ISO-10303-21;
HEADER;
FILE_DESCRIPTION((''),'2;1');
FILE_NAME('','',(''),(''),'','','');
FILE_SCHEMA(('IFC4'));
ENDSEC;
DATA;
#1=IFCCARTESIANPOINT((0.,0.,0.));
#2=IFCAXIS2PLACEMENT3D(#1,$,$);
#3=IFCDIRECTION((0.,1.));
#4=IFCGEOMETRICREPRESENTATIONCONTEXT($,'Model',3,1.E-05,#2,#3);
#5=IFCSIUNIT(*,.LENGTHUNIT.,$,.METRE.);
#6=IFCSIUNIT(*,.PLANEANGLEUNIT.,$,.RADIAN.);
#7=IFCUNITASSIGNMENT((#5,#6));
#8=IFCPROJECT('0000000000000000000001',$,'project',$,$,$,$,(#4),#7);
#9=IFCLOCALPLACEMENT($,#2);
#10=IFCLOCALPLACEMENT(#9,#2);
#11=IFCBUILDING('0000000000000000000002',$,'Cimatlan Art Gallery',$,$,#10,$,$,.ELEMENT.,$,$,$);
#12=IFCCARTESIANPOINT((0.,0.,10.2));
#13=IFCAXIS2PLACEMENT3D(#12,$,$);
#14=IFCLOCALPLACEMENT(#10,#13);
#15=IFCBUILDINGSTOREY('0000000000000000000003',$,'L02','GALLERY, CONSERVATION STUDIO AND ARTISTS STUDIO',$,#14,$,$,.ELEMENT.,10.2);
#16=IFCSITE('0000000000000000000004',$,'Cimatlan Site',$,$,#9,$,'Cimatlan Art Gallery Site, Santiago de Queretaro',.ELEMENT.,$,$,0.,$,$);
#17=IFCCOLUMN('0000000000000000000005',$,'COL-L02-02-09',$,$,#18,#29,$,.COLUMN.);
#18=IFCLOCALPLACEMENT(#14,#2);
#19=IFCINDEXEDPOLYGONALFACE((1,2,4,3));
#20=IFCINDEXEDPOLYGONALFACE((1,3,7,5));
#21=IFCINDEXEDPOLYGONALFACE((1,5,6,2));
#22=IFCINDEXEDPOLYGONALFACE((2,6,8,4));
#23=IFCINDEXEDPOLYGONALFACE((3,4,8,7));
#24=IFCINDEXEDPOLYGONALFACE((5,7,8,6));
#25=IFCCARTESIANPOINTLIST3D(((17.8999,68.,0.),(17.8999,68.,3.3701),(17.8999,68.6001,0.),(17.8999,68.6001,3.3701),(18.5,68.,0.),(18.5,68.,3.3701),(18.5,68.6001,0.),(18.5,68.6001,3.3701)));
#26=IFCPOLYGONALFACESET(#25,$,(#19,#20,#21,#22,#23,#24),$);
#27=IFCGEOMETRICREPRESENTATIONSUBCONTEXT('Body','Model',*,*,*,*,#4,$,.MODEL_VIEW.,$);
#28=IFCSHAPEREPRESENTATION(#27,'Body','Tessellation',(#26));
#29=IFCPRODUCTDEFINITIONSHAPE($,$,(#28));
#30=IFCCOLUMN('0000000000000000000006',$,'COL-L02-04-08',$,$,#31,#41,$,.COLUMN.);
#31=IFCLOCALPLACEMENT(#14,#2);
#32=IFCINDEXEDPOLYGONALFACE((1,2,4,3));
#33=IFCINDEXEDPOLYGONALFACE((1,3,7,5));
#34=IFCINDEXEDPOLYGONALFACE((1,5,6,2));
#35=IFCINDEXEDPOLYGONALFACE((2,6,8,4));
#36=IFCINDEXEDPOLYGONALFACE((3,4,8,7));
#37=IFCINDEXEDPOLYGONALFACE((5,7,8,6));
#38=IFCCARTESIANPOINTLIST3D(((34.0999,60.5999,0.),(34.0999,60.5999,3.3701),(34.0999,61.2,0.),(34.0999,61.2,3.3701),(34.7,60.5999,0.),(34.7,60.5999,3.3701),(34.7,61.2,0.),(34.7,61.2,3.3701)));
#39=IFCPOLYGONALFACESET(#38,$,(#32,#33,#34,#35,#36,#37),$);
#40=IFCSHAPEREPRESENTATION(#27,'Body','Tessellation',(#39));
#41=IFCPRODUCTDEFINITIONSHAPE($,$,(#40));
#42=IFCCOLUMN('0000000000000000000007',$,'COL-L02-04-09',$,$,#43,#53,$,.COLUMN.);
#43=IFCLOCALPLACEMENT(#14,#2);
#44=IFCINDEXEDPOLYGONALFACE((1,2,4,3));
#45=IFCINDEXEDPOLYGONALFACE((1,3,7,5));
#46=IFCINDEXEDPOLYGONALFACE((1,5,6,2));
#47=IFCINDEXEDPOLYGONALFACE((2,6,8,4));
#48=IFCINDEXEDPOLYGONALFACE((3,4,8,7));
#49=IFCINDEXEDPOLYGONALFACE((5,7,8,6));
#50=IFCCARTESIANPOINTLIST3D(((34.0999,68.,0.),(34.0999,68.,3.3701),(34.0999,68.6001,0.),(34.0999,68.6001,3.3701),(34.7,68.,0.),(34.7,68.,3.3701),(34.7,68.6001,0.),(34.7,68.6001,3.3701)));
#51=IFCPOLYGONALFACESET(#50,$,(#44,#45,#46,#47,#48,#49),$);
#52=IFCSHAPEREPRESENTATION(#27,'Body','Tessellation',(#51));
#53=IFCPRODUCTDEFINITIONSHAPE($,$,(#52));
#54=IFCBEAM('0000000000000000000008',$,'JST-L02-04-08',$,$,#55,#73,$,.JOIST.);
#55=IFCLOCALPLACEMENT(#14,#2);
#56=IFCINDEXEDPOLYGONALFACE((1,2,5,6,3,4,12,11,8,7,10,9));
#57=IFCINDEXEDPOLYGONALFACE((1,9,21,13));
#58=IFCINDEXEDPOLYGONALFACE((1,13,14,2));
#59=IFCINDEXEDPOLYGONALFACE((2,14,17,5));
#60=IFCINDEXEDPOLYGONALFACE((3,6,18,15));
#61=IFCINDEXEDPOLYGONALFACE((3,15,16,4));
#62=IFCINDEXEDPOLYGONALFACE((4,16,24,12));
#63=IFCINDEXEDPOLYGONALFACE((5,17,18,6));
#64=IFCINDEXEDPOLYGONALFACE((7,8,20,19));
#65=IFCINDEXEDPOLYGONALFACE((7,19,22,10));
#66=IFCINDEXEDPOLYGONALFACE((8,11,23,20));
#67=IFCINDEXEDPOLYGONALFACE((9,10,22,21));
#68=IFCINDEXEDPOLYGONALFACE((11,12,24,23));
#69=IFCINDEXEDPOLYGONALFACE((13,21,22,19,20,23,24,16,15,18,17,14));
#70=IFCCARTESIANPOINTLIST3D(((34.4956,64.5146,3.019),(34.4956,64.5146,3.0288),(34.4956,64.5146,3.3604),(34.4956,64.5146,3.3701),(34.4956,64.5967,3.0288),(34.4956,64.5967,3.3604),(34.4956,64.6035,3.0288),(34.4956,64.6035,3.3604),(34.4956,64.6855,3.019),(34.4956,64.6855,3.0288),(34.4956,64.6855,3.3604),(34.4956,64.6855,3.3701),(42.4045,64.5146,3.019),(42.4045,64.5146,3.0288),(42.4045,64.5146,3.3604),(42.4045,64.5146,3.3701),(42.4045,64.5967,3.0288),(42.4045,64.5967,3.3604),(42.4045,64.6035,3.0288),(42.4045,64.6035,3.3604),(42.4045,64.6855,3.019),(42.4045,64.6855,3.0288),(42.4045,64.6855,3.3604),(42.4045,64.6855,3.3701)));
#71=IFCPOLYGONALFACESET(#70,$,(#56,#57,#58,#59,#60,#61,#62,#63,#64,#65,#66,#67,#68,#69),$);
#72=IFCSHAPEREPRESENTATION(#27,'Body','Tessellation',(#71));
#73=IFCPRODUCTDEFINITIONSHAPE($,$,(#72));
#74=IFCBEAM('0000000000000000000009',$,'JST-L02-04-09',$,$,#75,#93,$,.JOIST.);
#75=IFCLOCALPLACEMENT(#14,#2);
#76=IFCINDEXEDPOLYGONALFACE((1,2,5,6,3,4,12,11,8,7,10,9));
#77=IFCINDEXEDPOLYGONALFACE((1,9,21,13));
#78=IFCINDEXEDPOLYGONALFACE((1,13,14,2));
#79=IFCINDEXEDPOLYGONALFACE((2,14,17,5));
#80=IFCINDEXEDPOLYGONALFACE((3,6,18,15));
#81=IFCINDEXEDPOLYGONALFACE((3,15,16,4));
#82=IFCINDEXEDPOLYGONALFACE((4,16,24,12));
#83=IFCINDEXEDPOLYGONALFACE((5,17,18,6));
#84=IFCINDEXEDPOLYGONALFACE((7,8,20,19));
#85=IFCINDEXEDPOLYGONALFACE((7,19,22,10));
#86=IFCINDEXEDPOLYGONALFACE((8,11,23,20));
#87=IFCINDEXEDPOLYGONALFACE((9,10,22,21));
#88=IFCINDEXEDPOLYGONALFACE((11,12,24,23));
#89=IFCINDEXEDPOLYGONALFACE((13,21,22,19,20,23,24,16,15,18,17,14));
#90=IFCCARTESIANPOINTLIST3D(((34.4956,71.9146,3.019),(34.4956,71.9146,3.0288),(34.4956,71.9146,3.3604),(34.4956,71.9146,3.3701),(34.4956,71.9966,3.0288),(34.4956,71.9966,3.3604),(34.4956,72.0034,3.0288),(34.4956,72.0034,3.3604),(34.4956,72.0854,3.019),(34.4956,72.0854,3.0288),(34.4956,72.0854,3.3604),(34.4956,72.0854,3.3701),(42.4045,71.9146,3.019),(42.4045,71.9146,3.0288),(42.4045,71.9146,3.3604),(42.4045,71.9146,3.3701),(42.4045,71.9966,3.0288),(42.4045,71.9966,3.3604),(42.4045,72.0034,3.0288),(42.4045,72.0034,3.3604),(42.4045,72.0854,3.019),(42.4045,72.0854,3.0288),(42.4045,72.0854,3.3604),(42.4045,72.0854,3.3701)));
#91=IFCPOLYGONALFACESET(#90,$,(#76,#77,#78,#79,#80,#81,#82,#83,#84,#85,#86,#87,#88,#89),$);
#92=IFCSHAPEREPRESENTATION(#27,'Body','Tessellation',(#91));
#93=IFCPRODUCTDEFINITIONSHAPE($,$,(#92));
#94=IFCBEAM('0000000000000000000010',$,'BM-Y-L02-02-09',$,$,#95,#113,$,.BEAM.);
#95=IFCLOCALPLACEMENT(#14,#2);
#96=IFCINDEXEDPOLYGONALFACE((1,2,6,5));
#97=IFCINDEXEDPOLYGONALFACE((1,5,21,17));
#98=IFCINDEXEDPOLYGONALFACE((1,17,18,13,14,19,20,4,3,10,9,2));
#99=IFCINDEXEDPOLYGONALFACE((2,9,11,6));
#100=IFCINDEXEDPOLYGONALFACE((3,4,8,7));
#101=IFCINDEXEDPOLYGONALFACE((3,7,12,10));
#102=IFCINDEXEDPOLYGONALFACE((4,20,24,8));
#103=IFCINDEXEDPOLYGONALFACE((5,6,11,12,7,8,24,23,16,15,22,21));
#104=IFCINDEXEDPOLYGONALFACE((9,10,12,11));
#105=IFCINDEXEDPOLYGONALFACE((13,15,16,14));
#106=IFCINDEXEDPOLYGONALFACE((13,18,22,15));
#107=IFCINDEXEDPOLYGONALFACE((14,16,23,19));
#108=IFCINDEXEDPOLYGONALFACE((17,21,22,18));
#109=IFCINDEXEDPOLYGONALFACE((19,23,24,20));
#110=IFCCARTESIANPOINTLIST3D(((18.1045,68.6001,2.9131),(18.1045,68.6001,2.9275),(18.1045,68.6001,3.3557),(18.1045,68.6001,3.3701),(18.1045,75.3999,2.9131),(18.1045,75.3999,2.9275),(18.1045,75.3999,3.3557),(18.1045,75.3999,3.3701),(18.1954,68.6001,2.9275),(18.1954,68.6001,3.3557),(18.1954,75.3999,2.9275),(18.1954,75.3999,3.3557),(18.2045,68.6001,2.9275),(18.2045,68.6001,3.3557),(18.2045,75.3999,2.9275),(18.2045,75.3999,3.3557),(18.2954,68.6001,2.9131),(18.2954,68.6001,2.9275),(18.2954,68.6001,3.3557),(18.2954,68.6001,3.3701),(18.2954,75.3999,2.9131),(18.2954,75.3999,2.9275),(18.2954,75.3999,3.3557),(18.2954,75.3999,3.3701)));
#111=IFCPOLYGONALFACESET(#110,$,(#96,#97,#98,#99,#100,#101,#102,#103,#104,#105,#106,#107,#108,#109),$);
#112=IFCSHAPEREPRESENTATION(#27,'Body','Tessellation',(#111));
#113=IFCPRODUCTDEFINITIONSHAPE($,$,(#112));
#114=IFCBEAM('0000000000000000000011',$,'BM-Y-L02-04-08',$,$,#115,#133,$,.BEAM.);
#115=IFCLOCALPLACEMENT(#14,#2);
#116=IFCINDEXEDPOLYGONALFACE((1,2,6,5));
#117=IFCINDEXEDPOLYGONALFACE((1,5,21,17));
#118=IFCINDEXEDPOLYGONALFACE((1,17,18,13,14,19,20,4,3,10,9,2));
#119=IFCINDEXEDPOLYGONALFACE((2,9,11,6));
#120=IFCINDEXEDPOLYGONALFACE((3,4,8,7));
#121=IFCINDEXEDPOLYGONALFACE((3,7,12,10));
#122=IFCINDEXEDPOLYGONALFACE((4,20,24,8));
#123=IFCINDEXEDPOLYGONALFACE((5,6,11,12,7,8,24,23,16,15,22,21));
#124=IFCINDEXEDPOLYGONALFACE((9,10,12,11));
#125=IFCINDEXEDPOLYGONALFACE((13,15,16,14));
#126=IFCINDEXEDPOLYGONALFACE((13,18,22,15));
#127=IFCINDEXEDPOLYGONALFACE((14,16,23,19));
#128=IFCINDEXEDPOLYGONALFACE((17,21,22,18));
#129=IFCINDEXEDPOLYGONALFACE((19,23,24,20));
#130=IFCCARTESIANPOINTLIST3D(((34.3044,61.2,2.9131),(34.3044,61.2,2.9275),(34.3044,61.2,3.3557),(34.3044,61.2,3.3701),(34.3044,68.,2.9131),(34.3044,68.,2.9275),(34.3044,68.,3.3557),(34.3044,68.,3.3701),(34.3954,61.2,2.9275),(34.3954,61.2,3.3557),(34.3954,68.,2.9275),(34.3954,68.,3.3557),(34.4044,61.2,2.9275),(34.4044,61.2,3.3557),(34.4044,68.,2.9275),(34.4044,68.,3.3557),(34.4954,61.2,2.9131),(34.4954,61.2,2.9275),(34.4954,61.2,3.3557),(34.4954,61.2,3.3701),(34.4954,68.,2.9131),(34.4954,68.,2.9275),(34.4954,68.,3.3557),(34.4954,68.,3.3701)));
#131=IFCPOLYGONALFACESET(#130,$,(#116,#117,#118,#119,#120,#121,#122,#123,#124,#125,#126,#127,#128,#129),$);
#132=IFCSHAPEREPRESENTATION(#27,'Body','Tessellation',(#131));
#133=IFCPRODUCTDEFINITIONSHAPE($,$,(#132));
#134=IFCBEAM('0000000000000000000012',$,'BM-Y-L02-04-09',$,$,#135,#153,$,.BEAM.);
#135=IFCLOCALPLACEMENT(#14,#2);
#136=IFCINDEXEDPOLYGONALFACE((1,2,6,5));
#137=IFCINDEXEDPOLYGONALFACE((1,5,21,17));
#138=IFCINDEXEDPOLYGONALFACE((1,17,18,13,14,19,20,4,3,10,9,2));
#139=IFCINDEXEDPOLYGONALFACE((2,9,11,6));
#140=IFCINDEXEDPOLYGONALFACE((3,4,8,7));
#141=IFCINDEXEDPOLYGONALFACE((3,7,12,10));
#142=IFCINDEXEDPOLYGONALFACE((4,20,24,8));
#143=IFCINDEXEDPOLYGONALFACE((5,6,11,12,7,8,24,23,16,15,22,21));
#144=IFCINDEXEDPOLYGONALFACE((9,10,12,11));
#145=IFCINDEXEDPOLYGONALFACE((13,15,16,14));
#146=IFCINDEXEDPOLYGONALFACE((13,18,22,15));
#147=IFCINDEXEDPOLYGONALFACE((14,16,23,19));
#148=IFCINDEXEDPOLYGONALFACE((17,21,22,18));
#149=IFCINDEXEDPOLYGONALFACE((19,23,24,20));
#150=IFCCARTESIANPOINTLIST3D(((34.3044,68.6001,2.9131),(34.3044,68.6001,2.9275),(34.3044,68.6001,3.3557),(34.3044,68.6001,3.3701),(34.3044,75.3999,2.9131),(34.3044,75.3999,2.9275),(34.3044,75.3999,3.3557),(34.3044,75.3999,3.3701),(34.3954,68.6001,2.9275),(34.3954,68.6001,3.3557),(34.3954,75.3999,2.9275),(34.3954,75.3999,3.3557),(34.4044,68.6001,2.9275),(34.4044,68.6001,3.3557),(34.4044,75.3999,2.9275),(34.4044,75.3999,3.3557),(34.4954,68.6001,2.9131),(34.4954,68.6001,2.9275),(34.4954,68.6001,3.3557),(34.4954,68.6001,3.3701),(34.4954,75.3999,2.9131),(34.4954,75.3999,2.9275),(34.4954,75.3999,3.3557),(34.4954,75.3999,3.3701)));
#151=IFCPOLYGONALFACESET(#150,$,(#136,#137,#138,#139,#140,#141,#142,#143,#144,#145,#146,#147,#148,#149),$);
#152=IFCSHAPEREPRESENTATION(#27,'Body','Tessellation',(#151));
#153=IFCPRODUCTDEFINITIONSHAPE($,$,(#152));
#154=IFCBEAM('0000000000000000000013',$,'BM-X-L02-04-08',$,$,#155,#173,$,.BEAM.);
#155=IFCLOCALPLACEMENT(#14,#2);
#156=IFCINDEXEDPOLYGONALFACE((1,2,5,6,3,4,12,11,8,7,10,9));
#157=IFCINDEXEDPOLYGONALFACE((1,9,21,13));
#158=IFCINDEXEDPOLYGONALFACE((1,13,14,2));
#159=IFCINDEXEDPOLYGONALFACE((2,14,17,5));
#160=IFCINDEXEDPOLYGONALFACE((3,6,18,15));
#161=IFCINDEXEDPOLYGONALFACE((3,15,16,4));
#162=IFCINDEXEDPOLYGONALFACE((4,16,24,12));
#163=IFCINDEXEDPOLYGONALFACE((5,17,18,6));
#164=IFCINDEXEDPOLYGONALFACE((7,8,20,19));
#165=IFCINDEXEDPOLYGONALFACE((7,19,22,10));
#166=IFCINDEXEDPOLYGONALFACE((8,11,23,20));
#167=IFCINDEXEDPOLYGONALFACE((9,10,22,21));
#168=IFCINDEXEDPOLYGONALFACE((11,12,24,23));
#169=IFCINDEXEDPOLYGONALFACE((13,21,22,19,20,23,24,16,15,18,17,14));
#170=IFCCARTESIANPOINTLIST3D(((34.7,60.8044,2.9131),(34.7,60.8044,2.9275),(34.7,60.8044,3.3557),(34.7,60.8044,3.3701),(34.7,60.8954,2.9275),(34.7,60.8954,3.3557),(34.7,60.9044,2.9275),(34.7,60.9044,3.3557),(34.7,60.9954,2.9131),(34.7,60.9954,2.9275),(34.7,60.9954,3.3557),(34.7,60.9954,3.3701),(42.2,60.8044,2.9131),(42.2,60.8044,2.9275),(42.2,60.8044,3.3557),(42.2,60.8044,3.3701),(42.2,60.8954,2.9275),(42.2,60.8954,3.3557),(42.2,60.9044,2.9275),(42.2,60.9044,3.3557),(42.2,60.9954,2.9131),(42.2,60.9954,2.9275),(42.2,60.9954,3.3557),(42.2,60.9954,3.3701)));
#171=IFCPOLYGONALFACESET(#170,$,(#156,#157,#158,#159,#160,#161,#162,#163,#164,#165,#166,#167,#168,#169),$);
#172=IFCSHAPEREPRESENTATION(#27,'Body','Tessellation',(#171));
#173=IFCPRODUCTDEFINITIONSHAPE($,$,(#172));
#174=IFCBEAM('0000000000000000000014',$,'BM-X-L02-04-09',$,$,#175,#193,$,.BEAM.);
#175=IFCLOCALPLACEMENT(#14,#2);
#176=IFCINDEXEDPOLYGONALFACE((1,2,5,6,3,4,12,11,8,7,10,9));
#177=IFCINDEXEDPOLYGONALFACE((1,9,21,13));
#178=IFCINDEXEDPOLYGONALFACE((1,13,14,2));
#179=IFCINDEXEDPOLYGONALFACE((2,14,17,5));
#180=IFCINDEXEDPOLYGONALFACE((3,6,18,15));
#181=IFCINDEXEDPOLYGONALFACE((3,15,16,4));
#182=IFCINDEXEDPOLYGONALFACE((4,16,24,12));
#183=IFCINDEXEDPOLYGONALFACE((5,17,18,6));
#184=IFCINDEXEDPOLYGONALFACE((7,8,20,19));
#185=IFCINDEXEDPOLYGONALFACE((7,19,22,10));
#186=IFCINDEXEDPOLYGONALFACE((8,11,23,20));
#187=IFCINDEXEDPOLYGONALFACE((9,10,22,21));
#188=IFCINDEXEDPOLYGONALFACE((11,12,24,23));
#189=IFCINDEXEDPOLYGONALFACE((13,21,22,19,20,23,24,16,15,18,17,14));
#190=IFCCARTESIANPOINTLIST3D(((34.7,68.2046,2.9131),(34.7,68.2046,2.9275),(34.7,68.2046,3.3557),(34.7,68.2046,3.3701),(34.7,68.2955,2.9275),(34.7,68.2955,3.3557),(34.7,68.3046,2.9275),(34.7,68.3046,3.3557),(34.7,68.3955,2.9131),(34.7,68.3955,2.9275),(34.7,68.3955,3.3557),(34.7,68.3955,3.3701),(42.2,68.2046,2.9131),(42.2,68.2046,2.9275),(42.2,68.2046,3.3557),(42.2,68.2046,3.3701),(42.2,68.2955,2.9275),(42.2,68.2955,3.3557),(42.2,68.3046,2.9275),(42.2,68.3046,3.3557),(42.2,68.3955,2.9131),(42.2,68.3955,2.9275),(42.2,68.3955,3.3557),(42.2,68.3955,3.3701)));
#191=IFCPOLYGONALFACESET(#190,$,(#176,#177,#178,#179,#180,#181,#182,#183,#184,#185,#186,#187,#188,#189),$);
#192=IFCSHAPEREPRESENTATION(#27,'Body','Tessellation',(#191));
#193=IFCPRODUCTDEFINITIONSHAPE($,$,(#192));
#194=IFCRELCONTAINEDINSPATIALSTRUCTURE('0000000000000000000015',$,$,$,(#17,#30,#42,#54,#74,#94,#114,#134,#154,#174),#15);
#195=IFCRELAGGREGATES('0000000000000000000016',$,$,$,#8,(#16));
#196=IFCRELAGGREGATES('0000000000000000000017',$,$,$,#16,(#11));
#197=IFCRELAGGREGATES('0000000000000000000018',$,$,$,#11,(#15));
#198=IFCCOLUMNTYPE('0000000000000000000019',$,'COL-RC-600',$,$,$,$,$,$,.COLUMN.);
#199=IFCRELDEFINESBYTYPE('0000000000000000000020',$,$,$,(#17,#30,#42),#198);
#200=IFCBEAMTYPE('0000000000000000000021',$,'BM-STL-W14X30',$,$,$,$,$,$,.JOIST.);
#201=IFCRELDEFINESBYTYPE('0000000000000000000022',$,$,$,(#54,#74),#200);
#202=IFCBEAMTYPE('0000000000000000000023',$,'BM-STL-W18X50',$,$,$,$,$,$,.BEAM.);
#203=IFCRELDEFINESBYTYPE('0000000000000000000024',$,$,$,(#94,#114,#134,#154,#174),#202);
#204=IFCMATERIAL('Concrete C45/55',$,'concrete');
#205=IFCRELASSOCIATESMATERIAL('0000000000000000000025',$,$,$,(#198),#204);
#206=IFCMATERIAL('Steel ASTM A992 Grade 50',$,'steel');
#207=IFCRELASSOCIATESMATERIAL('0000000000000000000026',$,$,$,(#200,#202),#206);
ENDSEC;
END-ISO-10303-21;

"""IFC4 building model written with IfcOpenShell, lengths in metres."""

from ifc_helpers import new_model, si_unit, direction, frame, origin, origin_2d, place, context, subcontext, project, spatial, rectangle, i_section, extrude, material, material_profile, profile_set, type_object, element, save


model = new_model("IFC4")

# Units and contexts
model_context = context("Model", 3, precision=1e-05, world=origin(), true_north=direction((0.0, 1.0)))
body_context = subcontext(model_context, "Body", "Model", "MODEL_VIEW")
ifc_project = project(units=[si_unit("LENGTHUNIT", "METRE"), si_unit("PLANEANGLEUNIT", "RADIAN")], contexts=[model_context])

# Site, building, storey
site_placement = place(None, origin())
site = spatial("IfcSite", under=ifc_project, at=site_placement, Name="Cimatlan Site", LongName="Cimatlan Art Gallery Site, Santiago de Queretaro", CompositionType="ELEMENT", RefElevation=0.0)
building_placement = place(site_placement, origin())
building = spatial("IfcBuilding", under=site, at=building_placement, Name="Cimatlan Art Gallery", CompositionType="ELEMENT")
storey_placement = place(building_placement, frame((0.0, 0.0, 10.2)))
storey = spatial("IfcBuildingStorey", under=building, at=storey_placement, Name="L02", Description="GALLERY, CONSERVATION STUDIO AND ARTISTS STUDIO", CompositionType="ELEMENT", Elevation=10.2)

# Columns
ifc_material_1 = material(Name="Concrete C45/55", Category="concrete")
ifc_material_profile_1 = material_profile(ifc_material_1, rectangle(XDim=0.6001, YDim=0.6001, at=origin_2d()), Name="RC600X600")
ifc_profile_set_1 = profile_set([ifc_material_profile_1], Name="Concrete C45/55")
column_type = type_object("IfcColumnType", Name="COL-RC-600", PredefinedType="COLUMN", material=ifc_profile_set_1)
for number, where, z_axis, x_axis, name in (
    (1, (18.2, 68.3, 0.0), (0.0, 0.0, 1.0), (1.0, 0.0, 0.0), "COL-L02-02-09"),
    (2, (34.3999, 60.8999, 0.0), (0.0, 0.0, 1.0), (1.0, 0.0, 0.0), "COL-L02-04-08"),
    (3, (34.3999, 68.3, 0.0), (0.0, 0.0, 1.0), (1.0, 0.0, 0.0), "COL-L02-04-09"),
):
    element("IfcColumn", number, at=place(storey_placement, frame(where, z_axis=z_axis, x_axis=x_axis)), inside=storey, type_object=column_type, Name=name, PredefinedType="COLUMN", context=body_context, shape_type="SweptSolid", body=[
        extrude(rectangle(XDim=0.6001, YDim=0.6001, at=origin_2d()), origin(), (0.0, 0.0, 1.0), 3.3701),
    ])

# Beams
ifc_material_2 = material(Name="Steel ASTM A992 Grade 50", Category="steel")
ifc_material_profile_2 = material_profile(ifc_material_2, i_section(OverallWidth=0.1709, OverallDepth=0.3511, WebThickness=0.0068, FlangeThickness=0.0098, at=origin_2d()), Name="W14X30")
ifc_profile_set_2 = profile_set([ifc_material_profile_2], Name="Steel ASTM A992 Grade 50")
beam_type_1 = type_object("IfcBeamType", Name="BM-STL-W14X30", PredefinedType="JOIST", material=ifc_profile_set_2)
for number, where, z_axis, x_axis, name in (
    (4, (34.4956, 64.6001, 3.1946), (1.0, 0.0, 0.0), (0.0, 1.0, 0.0), "JST-L02-04-08"),
    (5, (34.4956, 72.0, 3.1946), (1.0, 0.0, 0.0), (0.0, 1.0, 0.0), "JST-L02-04-09"),
):
    element("IfcBeam", number, at=place(storey_placement, frame(where, z_axis=z_axis, x_axis=x_axis)), inside=storey, type_object=beam_type_1, Name=name, PredefinedType="JOIST", context=body_context, shape_type="SweptSolid", body=[
        extrude(i_section(OverallWidth=0.1709, OverallDepth=0.3511, WebThickness=0.0068, FlangeThickness=0.0098, at=origin_2d()), origin(), (0.0, 0.0, 1.0), 7.9089),
    ])
ifc_material_profile_3 = material_profile(ifc_material_2, i_section(OverallWidth=0.1909, OverallDepth=0.457, WebThickness=0.009, FlangeThickness=0.0144, at=origin_2d()), Name="W18X50")
ifc_profile_set_3 = profile_set([ifc_material_profile_3], Name="Steel ASTM A992 Grade 50")
beam_type_2 = type_object("IfcBeamType", Name="BM-STL-W18X50", PredefinedType="BEAM", material=ifc_profile_set_3)
beam_1_placement = place(storey_placement, frame((18.2, 68.6001, 3.1416), z_axis=(0.0, 1.0, 0.0), x_axis=(-1.0, 0.0, 0.0)))
element("IfcBeam", 6, at=beam_1_placement, inside=storey, type_object=beam_type_2, Name="BM-Y-L02-02-09", PredefinedType="BEAM", context=body_context, shape_type="SweptSolid", body=[
    extrude(i_section(OverallWidth=0.1909, OverallDepth=0.457, WebThickness=0.009, FlangeThickness=0.0144, at=origin_2d()), origin(), (0.0, 0.0, 1.0), 6.7998),
])
beam_2_placement = place(storey_placement, frame((34.3999, 61.2, 3.1416), z_axis=(0.0, 1.0, 0.0), x_axis=(-1.0, 0.0, 0.0)))
element("IfcBeam", 7, at=beam_2_placement, inside=storey, type_object=beam_type_2, Name="BM-Y-L02-04-08", PredefinedType="BEAM", context=body_context, shape_type="SweptSolid", body=[
    extrude(i_section(OverallWidth=0.1909, OverallDepth=0.457, WebThickness=0.009, FlangeThickness=0.0144, at=origin_2d()), origin(), (0.0, 0.0, 1.0), 6.8),
])
beam_3_placement = place(storey_placement, frame((34.3999, 68.6001, 3.1416), z_axis=(0.0, 1.0, 0.0), x_axis=(-1.0, 0.0, 0.0)))
element("IfcBeam", 8, at=beam_3_placement, inside=storey, type_object=beam_type_2, Name="BM-Y-L02-04-09", PredefinedType="BEAM", context=body_context, shape_type="SweptSolid", body=[
    extrude(i_section(OverallWidth=0.1909, OverallDepth=0.457, WebThickness=0.009, FlangeThickness=0.0144, at=origin_2d()), origin(), (0.0, 0.0, 1.0), 6.7998),
])
for number, where, z_axis, x_axis, name in (
    (9, (34.7, 60.8999, 3.1416), (1.0, 0.0, 0.0), (0.0, 1.0, 0.0), "BM-X-L02-04-08"),
    (10, (34.7, 68.3, 3.1416), (1.0, 0.0, 0.0), (0.0, 1.0, 0.0), "BM-X-L02-04-09"),
):
    element("IfcBeam", number, at=place(storey_placement, frame(where, z_axis=z_axis, x_axis=x_axis)), inside=storey, type_object=beam_type_2, Name=name, PredefinedType="BEAM", context=body_context, shape_type="SweptSolid", body=[
        extrude(i_section(OverallWidth=0.1909, OverallDepth=0.457, WebThickness=0.009, FlangeThickness=0.0144, at=origin_2d()), origin(), (0.0, 0.0, 1.0), 7.5),
    ])

save(model, "model.ifc")
